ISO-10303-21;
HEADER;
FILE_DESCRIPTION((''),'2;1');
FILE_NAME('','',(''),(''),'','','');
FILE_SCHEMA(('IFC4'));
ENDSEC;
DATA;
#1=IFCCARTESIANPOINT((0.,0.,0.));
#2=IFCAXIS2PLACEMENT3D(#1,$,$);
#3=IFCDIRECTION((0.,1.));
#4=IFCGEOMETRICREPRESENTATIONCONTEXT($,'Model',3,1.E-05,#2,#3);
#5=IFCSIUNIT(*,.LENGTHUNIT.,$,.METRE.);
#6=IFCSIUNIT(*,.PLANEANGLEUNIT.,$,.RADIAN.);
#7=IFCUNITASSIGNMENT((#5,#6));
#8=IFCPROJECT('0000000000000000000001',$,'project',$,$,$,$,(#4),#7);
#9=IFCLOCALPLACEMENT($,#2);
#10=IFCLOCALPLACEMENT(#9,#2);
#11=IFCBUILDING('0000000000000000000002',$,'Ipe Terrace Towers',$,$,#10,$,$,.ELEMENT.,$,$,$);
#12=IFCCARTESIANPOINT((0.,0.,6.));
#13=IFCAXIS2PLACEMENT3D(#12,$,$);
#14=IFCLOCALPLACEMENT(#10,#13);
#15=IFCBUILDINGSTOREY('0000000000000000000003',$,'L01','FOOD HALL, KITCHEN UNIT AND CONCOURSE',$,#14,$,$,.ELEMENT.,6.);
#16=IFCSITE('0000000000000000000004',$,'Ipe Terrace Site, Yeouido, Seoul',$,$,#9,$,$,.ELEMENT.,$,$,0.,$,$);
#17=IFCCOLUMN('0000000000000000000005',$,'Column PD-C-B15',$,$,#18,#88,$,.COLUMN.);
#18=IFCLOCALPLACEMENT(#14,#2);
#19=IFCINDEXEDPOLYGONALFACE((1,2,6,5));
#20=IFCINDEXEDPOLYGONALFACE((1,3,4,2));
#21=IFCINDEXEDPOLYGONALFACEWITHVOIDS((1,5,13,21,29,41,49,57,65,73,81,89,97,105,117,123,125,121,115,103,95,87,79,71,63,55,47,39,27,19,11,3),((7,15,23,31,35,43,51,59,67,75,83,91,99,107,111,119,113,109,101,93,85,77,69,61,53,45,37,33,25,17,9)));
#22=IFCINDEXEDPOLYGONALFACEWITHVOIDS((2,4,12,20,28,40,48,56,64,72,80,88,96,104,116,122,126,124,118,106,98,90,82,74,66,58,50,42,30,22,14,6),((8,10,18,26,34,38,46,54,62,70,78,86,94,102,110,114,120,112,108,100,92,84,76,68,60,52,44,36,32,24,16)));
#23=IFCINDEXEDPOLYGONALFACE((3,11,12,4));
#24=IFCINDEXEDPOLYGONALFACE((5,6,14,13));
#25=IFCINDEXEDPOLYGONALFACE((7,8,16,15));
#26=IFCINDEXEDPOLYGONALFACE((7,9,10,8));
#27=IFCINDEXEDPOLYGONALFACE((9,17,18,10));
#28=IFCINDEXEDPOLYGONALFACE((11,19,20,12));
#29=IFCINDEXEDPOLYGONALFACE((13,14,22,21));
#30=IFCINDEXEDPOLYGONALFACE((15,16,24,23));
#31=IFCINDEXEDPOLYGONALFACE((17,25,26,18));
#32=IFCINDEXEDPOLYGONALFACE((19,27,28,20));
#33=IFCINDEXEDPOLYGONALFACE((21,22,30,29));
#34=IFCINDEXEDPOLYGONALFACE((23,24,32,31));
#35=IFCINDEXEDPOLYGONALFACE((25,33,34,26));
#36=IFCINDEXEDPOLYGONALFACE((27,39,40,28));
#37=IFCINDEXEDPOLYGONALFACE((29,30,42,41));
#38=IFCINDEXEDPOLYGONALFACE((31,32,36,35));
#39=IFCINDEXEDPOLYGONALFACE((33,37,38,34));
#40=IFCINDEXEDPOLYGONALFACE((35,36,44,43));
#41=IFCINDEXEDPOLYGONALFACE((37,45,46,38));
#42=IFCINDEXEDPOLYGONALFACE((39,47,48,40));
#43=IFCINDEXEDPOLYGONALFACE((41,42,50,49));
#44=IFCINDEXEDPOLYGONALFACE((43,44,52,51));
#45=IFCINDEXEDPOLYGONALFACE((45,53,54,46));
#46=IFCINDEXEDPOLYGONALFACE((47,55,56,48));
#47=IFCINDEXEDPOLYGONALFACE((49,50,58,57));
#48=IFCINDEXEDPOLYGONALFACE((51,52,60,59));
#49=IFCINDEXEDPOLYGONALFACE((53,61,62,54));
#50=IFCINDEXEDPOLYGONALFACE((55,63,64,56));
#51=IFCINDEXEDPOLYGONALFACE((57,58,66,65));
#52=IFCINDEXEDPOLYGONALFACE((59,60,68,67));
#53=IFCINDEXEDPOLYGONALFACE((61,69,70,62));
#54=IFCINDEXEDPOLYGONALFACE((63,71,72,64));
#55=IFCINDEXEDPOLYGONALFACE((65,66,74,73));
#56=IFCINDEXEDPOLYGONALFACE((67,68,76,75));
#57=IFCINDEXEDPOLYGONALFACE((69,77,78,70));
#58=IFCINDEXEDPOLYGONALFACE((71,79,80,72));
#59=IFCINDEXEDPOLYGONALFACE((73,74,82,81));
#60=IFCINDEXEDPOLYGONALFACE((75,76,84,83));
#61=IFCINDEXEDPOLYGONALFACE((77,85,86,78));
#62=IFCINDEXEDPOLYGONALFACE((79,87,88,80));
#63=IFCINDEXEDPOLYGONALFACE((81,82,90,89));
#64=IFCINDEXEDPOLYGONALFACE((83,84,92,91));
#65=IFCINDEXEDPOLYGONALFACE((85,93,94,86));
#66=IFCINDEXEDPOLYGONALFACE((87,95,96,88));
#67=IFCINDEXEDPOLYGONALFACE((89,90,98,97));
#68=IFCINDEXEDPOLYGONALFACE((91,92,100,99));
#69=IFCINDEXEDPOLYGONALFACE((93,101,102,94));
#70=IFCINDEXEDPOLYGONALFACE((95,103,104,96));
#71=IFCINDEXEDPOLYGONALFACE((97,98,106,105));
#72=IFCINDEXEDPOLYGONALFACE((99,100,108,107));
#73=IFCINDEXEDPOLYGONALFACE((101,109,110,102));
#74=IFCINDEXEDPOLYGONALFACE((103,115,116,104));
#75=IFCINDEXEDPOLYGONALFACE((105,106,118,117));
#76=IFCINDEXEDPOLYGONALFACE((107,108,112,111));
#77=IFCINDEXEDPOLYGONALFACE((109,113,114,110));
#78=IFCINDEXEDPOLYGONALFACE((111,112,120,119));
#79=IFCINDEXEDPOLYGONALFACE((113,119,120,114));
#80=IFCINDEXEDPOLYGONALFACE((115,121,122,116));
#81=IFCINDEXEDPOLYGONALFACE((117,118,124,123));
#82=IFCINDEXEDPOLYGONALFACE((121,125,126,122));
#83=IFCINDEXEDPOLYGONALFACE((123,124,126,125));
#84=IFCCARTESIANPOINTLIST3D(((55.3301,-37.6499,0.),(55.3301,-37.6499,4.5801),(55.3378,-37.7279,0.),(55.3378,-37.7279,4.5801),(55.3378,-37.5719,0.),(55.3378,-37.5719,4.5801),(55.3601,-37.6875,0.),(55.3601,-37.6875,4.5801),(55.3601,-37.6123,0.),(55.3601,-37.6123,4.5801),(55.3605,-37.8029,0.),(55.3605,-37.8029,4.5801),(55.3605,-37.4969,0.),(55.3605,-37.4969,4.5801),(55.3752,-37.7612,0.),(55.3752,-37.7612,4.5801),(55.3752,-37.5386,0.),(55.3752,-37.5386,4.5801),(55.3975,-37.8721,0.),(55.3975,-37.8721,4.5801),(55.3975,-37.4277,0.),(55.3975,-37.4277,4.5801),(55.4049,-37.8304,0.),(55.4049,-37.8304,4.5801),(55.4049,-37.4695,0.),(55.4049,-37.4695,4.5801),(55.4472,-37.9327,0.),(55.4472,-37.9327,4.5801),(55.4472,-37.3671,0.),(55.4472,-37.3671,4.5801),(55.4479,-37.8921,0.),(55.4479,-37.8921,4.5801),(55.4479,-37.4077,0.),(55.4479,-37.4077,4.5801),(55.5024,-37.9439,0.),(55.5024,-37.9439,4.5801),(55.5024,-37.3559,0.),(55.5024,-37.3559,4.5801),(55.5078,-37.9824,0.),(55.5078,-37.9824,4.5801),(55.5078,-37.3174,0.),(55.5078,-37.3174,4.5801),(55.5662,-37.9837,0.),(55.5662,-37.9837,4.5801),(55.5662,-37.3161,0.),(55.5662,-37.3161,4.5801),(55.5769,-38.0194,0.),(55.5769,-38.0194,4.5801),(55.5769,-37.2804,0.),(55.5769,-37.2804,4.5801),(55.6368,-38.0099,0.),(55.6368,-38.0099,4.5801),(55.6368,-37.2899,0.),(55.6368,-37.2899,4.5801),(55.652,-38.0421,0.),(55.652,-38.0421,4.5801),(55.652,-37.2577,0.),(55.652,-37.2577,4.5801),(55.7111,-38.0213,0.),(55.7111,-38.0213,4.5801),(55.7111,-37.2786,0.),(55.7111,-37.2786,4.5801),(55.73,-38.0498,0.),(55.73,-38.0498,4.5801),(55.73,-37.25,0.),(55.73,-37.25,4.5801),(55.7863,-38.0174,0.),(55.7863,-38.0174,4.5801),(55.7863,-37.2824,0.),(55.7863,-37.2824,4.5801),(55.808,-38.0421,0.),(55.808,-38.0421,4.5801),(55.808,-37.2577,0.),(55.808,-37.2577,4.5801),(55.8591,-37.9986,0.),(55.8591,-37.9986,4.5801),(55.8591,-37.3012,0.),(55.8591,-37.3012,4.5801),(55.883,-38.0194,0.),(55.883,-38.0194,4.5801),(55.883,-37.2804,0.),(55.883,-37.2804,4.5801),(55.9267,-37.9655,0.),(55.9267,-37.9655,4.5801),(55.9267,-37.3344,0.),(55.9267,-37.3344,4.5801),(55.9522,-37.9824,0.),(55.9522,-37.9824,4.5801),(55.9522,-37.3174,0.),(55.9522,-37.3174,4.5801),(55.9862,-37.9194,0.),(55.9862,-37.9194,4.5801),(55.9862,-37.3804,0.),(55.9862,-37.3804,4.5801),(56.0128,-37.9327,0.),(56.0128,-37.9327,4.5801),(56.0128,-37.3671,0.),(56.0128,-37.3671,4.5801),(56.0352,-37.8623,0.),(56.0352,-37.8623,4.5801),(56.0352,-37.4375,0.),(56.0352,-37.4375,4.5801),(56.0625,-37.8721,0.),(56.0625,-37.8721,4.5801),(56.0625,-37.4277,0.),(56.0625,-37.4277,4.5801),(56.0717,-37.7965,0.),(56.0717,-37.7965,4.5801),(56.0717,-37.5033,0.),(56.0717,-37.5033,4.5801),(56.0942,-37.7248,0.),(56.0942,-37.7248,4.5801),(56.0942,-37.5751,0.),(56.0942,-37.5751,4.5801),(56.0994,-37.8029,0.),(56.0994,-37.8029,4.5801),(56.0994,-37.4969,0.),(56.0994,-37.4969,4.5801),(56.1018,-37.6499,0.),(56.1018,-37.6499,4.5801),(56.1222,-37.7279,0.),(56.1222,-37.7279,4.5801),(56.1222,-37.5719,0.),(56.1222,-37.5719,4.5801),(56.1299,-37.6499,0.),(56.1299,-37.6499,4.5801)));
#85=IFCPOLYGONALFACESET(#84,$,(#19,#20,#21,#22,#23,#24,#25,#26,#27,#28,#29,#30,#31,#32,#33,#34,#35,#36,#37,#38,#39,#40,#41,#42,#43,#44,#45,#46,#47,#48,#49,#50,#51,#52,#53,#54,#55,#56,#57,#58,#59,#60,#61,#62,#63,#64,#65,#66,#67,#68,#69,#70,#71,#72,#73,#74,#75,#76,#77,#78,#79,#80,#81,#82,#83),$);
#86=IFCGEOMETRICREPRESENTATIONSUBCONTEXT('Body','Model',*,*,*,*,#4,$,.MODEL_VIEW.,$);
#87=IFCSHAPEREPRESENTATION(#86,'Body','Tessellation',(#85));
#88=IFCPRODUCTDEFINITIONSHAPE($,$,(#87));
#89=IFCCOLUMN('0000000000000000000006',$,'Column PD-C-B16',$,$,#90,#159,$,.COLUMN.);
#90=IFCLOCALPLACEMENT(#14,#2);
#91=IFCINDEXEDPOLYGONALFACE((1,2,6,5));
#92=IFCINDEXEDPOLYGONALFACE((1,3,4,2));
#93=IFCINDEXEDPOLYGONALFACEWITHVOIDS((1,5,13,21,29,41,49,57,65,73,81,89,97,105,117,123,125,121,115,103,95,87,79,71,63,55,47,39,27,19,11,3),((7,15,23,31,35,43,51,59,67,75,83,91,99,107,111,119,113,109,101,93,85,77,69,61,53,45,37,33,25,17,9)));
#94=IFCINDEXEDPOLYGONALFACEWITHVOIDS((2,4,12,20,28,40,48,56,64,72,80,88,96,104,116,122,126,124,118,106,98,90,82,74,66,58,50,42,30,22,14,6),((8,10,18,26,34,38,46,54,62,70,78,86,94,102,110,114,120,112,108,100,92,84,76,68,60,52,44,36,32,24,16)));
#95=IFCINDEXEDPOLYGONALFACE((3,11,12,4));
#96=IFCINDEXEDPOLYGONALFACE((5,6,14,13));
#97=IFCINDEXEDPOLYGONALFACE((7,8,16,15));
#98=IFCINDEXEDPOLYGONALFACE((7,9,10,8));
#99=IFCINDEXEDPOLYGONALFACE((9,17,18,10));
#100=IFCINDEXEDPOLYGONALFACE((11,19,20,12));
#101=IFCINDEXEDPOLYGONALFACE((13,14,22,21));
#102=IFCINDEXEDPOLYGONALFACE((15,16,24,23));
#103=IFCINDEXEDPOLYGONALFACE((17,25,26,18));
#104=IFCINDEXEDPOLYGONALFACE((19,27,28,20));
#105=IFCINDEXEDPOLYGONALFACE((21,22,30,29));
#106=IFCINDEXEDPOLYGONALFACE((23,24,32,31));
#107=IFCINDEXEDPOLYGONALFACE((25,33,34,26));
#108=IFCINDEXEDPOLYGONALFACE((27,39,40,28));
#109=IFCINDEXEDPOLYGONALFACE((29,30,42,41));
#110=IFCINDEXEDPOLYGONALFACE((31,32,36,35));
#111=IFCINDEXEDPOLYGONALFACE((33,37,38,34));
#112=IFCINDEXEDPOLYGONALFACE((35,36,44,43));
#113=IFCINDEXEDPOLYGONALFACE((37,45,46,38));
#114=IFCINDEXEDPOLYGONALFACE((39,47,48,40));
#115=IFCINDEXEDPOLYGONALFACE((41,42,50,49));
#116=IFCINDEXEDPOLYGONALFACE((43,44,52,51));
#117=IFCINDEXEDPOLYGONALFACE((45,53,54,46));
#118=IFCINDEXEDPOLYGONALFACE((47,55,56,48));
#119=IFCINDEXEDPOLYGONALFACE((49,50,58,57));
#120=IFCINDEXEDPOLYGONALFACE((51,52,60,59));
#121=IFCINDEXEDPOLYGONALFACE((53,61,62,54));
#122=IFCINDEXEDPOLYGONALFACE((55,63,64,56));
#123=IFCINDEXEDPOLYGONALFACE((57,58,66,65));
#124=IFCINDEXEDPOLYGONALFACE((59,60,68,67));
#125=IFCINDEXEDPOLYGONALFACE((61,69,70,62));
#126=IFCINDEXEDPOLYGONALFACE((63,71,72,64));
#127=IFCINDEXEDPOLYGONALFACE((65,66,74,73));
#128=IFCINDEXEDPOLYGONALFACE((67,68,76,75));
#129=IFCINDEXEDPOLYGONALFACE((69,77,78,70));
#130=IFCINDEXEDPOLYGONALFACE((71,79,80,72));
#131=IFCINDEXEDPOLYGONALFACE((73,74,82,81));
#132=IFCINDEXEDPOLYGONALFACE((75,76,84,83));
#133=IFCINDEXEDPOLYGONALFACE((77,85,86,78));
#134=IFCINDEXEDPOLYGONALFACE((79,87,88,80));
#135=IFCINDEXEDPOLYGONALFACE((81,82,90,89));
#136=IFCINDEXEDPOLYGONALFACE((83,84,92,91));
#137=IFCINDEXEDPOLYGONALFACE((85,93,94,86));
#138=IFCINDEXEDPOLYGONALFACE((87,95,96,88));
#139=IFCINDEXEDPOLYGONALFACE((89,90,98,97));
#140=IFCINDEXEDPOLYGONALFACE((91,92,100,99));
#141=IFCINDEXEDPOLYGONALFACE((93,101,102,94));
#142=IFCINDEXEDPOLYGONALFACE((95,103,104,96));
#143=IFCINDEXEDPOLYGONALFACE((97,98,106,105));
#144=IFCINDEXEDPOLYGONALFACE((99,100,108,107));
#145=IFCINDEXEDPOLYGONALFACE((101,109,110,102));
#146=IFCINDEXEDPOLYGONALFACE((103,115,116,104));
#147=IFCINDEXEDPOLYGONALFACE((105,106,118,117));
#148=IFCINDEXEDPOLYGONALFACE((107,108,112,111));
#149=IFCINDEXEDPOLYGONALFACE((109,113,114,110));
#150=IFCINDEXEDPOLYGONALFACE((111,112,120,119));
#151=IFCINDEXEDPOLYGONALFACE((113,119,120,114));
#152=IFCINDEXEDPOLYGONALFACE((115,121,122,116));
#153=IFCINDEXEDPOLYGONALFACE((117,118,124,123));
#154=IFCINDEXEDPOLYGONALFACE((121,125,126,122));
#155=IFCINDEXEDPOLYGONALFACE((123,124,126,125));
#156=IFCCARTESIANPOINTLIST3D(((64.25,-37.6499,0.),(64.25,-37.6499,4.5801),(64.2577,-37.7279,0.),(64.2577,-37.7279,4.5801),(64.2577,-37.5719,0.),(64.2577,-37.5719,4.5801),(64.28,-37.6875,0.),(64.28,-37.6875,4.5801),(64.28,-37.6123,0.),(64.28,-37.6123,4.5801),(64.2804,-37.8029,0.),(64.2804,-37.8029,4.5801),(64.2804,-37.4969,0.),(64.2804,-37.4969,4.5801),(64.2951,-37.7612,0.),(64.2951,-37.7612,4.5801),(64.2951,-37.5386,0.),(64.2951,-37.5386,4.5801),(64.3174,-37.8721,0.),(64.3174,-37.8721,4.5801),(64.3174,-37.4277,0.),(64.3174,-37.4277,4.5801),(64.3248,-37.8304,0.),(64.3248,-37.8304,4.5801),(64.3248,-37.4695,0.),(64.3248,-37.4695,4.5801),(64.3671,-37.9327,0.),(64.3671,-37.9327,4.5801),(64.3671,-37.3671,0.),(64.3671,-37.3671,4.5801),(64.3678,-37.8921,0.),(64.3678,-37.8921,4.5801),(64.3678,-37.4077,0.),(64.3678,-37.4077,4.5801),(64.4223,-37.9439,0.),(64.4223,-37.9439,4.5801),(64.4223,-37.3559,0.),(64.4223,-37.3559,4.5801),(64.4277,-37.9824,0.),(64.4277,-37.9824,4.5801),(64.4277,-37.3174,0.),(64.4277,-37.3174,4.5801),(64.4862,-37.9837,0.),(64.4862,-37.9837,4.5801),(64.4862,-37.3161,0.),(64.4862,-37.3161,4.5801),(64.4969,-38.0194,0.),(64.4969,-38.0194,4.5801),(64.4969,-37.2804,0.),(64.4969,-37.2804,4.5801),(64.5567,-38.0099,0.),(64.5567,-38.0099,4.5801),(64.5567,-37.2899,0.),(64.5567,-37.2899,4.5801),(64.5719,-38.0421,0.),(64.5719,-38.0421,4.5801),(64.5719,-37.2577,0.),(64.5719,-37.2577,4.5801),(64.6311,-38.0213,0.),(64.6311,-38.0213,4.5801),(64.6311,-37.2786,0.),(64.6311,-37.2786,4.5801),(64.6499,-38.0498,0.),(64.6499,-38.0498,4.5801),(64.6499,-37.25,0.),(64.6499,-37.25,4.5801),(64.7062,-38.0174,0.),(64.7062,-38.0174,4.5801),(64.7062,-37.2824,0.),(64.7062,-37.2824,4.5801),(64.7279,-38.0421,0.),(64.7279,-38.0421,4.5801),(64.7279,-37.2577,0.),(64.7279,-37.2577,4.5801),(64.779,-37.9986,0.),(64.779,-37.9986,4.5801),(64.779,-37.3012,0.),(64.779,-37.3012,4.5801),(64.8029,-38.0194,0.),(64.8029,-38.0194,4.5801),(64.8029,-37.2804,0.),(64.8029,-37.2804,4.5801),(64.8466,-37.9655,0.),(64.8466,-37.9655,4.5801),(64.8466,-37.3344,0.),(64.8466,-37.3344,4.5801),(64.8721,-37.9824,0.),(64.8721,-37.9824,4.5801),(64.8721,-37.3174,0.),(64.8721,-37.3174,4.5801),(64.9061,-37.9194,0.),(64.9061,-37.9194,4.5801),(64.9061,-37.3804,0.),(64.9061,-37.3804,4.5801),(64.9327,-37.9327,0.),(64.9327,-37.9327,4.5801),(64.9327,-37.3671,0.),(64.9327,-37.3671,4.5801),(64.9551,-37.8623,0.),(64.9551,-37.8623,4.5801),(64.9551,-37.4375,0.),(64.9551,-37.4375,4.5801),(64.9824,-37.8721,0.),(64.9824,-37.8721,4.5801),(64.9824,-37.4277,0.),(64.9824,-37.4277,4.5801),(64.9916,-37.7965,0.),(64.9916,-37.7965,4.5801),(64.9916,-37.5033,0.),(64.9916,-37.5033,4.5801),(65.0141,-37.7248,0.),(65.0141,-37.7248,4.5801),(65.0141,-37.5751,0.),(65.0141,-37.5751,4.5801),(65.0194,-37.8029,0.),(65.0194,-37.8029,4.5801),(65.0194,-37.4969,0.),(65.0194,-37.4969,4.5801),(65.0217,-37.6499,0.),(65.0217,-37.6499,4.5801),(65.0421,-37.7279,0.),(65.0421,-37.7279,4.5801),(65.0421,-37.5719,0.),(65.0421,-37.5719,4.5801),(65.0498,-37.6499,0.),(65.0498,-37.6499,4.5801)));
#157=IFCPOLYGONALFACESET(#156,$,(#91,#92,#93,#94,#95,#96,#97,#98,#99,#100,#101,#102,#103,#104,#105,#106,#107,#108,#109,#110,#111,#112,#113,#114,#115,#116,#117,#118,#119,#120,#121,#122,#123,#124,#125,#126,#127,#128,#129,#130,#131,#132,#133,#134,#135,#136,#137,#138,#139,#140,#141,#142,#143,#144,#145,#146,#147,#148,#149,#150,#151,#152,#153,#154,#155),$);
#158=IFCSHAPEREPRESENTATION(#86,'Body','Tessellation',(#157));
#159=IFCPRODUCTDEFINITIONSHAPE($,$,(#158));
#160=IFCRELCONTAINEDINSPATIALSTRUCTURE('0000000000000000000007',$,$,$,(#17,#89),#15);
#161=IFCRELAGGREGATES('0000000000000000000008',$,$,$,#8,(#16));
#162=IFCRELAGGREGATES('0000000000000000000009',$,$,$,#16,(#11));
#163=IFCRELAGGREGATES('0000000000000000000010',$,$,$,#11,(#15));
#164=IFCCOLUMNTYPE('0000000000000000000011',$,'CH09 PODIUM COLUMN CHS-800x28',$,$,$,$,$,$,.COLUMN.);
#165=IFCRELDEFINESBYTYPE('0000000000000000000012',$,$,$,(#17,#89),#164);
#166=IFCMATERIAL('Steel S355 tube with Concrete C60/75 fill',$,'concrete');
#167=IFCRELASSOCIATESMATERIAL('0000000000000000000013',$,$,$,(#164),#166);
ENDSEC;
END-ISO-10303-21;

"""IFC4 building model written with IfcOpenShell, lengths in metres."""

from ifc_helpers import new_model, si_unit, direction, frame, origin, origin_2d, place, context, subcontext, project, spatial, hollow_circle, extrude, material, material_profile, profile_set, type_object, element, save


model = new_model("IFC4")

# Units and contexts
model_context = context("Model", 3, precision=1e-05, world=origin(), true_north=direction((0.0, 1.0)))
body_context = subcontext(model_context, "Body", "Model", "MODEL_VIEW")
ifc_project = project(units=[si_unit("LENGTHUNIT", "METRE"), si_unit("PLANEANGLEUNIT", "RADIAN")], contexts=[model_context])

# Site, building, storey
site_placement = place(None, origin())
site = spatial("IfcSite", under=ifc_project, at=site_placement, Name="Ipe Terrace Site, Yeouido, Seoul", CompositionType="ELEMENT", RefElevation=0.0)
building_placement = place(site_placement, origin())
building = spatial("IfcBuilding", under=site, at=building_placement, Name="Ipe Terrace Towers", CompositionType="ELEMENT")
storey_placement = place(building_placement, frame((0.0, 0.0, 6.0)))
storey = spatial("IfcBuildingStorey", under=building, at=storey_placement, Name="L01", Description="FOOD HALL, KITCHEN UNIT AND CONCOURSE", CompositionType="ELEMENT", Elevation=6.0)

# Columns
ifc_material_1 = material(Name="Steel S355 tube with Concrete C60/75 fill", Category="concrete")
ifc_material_profile_1 = material_profile(ifc_material_1, hollow_circle(Radius=0.3999, WallThickness=0.0281, at=origin_2d()), Name="CHS-800x28")
ifc_profile_set_1 = profile_set([ifc_material_profile_1], Name="Steel S355 tube with Concrete C60/75 fill")
column_type = type_object("IfcColumnType", Name="CH09 PODIUM COLUMN CHS-800x28", PredefinedType="COLUMN", material=ifc_profile_set_1)
for number, where, z_axis, x_axis, name in (
    (1, (55.73, -37.6499, 0.0), (0.0, 0.0, 1.0), (1.0, 0.0, 0.0), "Column PD-C-B15"),
    (2, (64.6499, -37.6499, 0.0), (0.0, 0.0, 1.0), (1.0, 0.0, 0.0), "Column PD-C-B16"),
):
    element("IfcColumn", number, at=place(storey_placement, frame(where, z_axis=z_axis, x_axis=x_axis)), inside=storey, type_object=column_type, Name=name, PredefinedType="COLUMN", context=body_context, shape_type="SweptSolid", body=[
        extrude(hollow_circle(Radius=0.3999, WallThickness=0.0281, at=origin_2d()), origin(), (0.0, 0.0, 1.0), 4.5801),
    ])

save(model, "model.ifc")
